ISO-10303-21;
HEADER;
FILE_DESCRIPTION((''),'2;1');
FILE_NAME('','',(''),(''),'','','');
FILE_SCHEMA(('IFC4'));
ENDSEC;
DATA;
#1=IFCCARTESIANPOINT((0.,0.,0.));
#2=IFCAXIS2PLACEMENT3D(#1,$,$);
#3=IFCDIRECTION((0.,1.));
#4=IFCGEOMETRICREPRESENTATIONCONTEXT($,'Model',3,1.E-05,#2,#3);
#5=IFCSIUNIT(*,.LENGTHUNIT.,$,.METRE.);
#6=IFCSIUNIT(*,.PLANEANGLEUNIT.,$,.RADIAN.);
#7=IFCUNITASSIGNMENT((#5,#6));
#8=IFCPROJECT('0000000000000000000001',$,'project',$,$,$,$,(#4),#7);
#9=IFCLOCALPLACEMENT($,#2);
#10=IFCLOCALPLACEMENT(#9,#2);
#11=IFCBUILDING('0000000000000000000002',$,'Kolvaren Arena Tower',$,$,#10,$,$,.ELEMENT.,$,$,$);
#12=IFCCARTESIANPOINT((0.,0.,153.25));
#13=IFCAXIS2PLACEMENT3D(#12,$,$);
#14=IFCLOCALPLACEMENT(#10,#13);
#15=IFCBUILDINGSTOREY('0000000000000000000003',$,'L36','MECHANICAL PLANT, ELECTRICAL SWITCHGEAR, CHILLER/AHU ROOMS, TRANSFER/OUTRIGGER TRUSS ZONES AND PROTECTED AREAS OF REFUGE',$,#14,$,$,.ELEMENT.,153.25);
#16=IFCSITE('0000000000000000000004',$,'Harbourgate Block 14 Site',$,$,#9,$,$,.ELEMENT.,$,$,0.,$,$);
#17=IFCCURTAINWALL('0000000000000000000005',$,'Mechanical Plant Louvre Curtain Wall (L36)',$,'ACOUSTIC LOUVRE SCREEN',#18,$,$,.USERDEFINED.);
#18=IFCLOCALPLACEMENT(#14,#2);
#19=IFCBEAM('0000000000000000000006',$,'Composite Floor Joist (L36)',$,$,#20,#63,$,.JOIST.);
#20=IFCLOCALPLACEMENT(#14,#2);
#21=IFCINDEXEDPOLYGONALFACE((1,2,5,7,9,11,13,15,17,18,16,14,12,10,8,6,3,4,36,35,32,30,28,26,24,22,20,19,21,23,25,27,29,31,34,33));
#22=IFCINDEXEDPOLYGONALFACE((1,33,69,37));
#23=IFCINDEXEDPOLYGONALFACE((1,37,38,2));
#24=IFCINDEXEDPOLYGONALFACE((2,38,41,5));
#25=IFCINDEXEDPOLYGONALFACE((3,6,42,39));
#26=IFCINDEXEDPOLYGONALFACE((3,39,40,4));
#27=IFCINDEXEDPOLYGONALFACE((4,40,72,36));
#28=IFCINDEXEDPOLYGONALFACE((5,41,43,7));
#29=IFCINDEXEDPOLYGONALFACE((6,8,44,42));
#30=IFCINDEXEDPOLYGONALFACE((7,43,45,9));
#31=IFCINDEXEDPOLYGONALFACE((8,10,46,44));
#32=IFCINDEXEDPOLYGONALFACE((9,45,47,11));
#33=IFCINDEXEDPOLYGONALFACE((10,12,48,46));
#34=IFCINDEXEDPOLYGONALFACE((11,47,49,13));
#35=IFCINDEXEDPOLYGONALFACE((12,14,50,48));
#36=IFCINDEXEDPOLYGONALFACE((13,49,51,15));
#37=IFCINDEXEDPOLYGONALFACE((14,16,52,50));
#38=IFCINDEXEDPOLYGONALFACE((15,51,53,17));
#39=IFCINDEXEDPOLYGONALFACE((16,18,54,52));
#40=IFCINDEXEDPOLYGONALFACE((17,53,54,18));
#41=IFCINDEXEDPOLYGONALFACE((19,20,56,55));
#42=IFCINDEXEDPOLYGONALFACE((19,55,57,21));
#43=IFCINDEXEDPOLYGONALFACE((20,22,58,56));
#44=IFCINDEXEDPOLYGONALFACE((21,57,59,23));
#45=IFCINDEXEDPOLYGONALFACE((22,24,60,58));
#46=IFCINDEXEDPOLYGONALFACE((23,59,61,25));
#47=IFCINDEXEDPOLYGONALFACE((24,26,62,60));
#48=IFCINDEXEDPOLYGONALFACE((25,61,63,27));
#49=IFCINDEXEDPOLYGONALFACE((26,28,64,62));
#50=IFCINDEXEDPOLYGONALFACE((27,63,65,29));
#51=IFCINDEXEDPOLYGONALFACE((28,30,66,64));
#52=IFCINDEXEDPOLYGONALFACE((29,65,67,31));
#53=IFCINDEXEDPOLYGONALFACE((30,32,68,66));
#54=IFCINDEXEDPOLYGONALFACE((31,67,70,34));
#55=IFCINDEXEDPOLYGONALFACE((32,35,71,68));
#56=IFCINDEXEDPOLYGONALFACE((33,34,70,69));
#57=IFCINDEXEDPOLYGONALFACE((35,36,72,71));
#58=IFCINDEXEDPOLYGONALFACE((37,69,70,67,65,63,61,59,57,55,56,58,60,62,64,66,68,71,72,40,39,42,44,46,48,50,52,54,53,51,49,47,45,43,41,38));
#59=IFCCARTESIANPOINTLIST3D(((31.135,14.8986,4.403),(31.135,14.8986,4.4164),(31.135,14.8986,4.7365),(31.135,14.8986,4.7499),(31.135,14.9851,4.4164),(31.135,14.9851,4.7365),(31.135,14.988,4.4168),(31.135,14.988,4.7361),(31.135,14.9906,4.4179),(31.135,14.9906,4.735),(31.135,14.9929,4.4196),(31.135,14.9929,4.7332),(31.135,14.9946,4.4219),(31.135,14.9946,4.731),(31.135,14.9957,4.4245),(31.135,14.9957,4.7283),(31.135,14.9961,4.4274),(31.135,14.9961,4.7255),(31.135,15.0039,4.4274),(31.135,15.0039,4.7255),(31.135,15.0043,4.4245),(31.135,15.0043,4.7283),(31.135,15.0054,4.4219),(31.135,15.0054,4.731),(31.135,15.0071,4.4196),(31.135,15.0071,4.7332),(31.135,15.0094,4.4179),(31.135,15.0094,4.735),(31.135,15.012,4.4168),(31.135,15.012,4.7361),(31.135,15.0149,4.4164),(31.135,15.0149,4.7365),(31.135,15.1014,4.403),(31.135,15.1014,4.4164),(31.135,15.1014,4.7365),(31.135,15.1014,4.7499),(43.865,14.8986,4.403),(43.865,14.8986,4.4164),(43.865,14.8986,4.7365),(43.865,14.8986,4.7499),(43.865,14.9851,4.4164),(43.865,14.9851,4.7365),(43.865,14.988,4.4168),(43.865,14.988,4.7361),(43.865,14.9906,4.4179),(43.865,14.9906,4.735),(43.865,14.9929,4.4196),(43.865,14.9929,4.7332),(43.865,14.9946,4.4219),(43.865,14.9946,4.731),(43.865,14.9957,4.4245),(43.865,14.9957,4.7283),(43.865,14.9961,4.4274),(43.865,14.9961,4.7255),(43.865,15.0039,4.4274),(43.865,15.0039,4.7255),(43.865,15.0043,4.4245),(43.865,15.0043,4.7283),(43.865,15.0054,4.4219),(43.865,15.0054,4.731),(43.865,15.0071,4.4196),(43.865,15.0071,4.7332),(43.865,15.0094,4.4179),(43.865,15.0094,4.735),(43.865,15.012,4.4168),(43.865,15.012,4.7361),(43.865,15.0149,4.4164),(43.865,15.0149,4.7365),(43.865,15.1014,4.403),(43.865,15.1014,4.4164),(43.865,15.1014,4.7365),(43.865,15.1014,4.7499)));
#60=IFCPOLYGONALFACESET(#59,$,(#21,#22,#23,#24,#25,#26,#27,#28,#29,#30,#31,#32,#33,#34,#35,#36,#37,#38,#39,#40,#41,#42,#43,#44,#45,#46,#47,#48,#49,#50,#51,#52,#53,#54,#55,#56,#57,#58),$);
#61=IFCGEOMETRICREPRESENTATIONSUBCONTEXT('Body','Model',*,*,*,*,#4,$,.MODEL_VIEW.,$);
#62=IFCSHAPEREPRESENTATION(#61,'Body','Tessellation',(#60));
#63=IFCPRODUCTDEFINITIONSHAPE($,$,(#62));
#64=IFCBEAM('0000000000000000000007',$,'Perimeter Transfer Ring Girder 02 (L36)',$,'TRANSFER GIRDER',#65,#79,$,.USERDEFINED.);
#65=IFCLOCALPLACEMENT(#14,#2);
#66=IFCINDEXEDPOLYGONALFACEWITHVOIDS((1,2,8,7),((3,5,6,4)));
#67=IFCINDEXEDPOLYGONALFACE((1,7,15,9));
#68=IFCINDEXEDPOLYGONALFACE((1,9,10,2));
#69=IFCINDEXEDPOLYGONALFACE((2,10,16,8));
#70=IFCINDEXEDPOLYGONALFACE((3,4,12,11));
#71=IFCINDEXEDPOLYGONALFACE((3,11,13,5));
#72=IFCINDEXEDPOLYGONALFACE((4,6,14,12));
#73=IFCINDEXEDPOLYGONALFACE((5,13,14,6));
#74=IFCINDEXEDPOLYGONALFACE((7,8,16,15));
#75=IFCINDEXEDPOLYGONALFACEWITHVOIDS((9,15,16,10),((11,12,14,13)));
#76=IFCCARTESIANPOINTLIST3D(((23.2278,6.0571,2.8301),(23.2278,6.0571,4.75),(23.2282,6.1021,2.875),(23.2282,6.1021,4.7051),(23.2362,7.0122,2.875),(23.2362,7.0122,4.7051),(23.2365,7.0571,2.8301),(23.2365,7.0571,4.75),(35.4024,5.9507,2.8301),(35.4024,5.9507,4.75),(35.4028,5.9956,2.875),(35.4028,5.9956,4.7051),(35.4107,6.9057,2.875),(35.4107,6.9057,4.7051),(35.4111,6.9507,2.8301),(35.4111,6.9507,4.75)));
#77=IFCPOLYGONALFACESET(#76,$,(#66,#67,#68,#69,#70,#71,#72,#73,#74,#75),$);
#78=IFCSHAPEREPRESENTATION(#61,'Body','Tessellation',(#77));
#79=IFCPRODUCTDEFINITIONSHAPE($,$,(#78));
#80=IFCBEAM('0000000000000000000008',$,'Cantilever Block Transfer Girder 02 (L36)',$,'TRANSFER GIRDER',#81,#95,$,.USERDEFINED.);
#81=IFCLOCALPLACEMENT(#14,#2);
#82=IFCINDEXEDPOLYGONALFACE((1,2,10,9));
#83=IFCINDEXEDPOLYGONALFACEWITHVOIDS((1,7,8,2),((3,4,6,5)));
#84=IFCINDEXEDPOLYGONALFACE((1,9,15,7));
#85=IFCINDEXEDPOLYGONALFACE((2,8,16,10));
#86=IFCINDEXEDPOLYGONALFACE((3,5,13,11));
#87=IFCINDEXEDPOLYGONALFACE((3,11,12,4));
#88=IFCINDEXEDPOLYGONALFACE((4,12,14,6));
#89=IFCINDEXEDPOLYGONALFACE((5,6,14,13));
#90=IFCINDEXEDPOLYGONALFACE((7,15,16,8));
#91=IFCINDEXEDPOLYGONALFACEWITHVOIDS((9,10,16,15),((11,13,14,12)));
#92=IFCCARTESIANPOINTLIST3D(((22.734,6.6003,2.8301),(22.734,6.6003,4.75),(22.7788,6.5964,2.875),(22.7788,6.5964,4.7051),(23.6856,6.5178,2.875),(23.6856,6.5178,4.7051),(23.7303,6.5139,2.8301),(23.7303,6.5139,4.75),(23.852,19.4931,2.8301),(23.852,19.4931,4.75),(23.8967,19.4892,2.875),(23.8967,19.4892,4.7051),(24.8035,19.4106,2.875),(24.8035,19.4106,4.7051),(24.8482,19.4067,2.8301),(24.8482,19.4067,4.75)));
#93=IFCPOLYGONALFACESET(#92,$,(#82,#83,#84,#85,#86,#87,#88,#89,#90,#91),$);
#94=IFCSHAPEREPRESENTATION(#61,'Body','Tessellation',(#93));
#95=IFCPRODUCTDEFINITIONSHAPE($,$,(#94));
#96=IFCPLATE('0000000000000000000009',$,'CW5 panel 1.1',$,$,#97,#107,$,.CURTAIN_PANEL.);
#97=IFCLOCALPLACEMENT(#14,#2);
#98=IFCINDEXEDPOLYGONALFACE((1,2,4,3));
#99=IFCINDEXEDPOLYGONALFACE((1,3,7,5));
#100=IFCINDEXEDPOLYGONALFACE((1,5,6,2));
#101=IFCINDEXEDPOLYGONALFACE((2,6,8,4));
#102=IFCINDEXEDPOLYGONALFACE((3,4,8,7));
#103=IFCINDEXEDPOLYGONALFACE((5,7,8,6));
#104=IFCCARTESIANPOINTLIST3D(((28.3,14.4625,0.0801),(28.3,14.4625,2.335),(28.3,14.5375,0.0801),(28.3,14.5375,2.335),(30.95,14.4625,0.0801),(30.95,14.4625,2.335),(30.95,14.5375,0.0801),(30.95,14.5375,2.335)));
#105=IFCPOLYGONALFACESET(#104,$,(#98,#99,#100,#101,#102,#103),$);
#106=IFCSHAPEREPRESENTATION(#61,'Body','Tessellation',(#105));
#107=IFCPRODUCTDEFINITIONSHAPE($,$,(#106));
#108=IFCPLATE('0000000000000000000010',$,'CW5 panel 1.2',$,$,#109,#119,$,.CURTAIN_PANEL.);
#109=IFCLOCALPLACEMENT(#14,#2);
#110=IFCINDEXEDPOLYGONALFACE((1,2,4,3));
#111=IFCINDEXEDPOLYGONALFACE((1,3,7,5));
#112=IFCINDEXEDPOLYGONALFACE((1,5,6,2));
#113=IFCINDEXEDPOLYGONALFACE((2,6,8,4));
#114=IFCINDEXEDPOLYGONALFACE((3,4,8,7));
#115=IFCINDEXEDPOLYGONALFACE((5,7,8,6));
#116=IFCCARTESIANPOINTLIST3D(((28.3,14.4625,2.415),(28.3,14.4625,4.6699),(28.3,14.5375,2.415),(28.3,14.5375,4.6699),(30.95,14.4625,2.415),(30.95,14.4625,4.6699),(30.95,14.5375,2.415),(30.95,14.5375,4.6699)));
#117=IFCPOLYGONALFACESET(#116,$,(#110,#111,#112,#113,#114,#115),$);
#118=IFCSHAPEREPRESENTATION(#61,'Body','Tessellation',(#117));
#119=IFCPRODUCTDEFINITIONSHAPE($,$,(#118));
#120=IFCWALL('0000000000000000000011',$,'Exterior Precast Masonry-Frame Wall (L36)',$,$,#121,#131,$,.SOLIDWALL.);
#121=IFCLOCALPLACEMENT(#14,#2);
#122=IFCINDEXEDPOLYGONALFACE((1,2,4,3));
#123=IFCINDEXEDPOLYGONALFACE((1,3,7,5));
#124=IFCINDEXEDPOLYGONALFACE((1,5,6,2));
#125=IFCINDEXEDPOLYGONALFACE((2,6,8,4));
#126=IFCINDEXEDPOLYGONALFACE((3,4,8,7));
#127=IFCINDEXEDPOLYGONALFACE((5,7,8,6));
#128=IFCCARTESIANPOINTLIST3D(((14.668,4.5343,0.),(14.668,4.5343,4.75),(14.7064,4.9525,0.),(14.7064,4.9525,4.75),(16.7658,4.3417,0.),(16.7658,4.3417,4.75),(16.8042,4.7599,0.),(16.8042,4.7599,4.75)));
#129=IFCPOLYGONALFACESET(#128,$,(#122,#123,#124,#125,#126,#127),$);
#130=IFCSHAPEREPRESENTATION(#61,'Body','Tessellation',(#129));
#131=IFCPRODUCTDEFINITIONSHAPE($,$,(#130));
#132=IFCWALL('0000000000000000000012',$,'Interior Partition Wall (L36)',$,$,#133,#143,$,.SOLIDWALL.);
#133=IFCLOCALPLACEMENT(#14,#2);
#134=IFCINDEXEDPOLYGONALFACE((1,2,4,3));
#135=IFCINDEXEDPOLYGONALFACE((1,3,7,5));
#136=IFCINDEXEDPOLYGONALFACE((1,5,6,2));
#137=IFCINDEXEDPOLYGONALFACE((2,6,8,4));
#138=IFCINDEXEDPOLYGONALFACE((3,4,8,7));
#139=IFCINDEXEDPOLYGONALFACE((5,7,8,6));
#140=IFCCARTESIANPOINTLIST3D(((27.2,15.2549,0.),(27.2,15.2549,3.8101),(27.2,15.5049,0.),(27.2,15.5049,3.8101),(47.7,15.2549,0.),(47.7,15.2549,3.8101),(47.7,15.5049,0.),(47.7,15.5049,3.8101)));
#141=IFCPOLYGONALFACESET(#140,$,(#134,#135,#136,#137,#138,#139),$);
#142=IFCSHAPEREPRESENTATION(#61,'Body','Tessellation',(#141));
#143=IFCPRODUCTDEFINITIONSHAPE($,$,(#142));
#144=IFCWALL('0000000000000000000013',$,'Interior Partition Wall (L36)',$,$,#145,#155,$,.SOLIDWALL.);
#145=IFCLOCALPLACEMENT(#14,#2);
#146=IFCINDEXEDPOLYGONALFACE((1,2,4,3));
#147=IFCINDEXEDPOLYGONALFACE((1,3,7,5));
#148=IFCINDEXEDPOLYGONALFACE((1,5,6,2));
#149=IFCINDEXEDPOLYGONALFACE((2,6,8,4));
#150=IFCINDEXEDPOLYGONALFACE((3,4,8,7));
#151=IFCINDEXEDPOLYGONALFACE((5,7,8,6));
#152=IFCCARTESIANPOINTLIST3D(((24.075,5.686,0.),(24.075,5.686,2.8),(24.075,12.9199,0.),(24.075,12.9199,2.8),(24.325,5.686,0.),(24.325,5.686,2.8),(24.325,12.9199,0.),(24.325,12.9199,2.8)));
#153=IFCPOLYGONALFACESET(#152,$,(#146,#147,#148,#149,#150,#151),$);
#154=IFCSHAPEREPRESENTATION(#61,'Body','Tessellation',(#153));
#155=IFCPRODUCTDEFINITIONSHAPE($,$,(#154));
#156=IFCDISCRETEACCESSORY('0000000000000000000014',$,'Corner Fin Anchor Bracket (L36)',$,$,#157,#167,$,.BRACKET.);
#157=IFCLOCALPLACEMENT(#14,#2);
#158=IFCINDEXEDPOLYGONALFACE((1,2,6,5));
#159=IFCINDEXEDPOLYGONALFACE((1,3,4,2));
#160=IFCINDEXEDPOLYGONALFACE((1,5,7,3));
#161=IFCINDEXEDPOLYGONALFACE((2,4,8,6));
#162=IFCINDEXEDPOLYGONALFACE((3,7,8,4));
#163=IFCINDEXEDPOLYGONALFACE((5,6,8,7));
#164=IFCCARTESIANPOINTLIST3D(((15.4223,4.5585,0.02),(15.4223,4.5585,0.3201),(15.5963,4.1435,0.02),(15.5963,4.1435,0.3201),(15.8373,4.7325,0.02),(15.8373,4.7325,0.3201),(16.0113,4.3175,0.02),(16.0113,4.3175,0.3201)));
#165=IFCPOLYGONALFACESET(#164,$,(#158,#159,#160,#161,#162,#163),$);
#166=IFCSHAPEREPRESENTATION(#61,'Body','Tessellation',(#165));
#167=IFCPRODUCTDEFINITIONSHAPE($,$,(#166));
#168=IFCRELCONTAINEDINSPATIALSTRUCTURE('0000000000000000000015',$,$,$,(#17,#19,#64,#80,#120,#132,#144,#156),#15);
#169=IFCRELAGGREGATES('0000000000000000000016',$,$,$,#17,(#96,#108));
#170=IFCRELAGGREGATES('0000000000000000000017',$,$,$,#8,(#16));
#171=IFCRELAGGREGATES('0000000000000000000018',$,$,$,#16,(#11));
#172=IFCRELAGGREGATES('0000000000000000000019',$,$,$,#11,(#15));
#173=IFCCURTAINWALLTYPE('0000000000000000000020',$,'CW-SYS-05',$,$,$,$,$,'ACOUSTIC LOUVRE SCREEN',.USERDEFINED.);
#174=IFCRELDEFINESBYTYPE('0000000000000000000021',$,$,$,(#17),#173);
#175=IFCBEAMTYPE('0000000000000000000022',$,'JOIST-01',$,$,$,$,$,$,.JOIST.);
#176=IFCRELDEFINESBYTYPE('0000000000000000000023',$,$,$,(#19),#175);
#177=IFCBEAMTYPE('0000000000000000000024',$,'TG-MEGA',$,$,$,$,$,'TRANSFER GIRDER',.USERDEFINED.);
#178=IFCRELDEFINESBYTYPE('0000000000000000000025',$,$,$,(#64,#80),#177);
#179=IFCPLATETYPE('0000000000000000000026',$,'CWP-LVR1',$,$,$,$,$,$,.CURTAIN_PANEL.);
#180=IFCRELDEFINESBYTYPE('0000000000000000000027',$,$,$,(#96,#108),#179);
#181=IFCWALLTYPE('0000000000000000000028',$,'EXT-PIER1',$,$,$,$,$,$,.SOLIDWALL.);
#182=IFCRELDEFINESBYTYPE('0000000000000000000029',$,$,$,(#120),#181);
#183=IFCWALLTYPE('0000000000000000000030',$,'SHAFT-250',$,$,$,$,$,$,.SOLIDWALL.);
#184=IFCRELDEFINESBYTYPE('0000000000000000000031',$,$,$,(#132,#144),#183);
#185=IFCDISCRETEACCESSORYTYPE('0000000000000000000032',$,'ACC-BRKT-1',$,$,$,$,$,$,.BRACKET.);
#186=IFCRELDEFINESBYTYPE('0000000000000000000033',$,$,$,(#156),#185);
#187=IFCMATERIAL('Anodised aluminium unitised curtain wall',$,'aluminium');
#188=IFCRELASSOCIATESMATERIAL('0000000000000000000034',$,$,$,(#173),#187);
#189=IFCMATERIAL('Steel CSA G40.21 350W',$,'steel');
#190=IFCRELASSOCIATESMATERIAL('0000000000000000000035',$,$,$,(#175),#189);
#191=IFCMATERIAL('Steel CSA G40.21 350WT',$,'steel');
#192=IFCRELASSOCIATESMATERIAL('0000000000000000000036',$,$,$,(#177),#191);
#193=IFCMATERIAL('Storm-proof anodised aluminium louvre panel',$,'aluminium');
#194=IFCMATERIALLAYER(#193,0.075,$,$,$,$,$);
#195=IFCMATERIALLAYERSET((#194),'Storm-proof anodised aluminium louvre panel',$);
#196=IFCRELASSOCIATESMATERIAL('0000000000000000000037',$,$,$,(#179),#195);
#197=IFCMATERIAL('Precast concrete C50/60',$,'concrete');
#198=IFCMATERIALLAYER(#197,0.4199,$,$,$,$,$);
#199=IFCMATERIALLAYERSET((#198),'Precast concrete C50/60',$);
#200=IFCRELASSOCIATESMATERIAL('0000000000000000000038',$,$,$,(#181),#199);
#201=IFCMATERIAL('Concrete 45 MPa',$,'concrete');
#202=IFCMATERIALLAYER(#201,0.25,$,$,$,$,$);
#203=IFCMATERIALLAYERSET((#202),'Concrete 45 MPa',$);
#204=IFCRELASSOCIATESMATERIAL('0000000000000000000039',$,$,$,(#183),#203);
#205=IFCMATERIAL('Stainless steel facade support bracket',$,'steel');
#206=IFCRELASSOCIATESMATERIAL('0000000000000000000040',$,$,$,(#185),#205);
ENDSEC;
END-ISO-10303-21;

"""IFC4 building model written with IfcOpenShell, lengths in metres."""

from ifc_helpers import new_model, si_unit, direction, frame, frame_2d, origin, origin_2d, place, context, subcontext, project, spatial, rectangle, hollow_rectangle, i_section, extrude, material, layer, layer_set, material_profile, profile_set, type_object, element, aggregate, save


model = new_model("IFC4")

# Units and contexts
model_context = context("Model", 3, precision=1e-05, world=origin(), true_north=direction((0.0, 1.0)))
body_context = subcontext(model_context, "Body", "Model", "MODEL_VIEW")
ifc_project = project(units=[si_unit("LENGTHUNIT", "METRE"), si_unit("PLANEANGLEUNIT", "RADIAN")], contexts=[model_context])

# Site, building, storey
site_placement = place(None, origin())
site = spatial("IfcSite", under=ifc_project, at=site_placement, Name="Harbourgate Block 14 Site", CompositionType="ELEMENT", RefElevation=0.0)
building_placement = place(site_placement, origin())
building = spatial("IfcBuilding", under=site, at=building_placement, Name="Kolvaren Arena Tower", CompositionType="ELEMENT")
storey_placement = place(building_placement, frame((0.0, 0.0, 153.25)))
storey = spatial("IfcBuildingStorey", under=building, at=storey_placement, Name="L36", Description="MECHANICAL PLANT, ELECTRICAL SWITCHGEAR, CHILLER/AHU ROOMS, TRANSFER/OUTRIGGER TRUSS ZONES AND PROTECTED AREAS OF REFUGE", CompositionType="ELEMENT", Elevation=153.25)

# Shared definitions
ifc_material_1 = material(Name="Steel CSA G40.21 350W", Category="steel")

# Curtain wall
ifc_material_2 = material(Name="Anodised aluminium unitised curtain wall", Category="aluminium")
curtain_wall_type = type_object("IfcCurtainWallType", Name="CW-SYS-05", ElementType="ACOUSTIC LOUVRE SCREEN", PredefinedType="USERDEFINED", material=ifc_material_2)
curtain_wall_placement = place(storey_placement, origin())
curtain_wall = element("IfcCurtainWall", 1, at=curtain_wall_placement, inside=storey, type_object=curtain_wall_type, Name="Mechanical Plant Louvre Curtain Wall (L36)", ObjectType="ACOUSTIC LOUVRE SCREEN", PredefinedType="USERDEFINED")

# Beams
ifc_material_profile_1 = material_profile(ifc_material_1, i_section(OverallWidth=0.2029, OverallDepth=0.3469, WebThickness=0.0078, FlangeThickness=0.0134, FilletRadius=0.011, at=origin_2d()), Name="W360x64")
ifc_profile_set_1 = profile_set([ifc_material_profile_1], Name="Steel CSA G40.21 350W")
beam_type_1 = type_object("IfcBeamType", Name="JOIST-01", PredefinedType="JOIST", material=ifc_profile_set_1)
for number, where, z_axis, x_axis, name in (
    (2, (31.135, 15.0, 4.5764), (1.0, 0.0, 0.0), (0.0, 1.0, 0.0), "Composite Floor Joist (L36)"),
):
    element("IfcBeam", number, at=place(storey_placement, frame(where, z_axis=z_axis, x_axis=x_axis)), inside=storey, type_object=beam_type_1, Name=name, PredefinedType="JOIST", context=body_context, shape_type="SweptSolid", body=[
        extrude(i_section(OverallWidth=0.2029, OverallDepth=0.3469, WebThickness=0.0078, FlangeThickness=0.0134, FilletRadius=0.011, at=origin_2d()), origin(), (0.0, 0.0, 1.0), 12.73),
    ])
ifc_material_3 = material(Name="Steel CSA G40.21 350WT", Category="steel")
ifc_material_profile_2 = material_profile(ifc_material_3, hollow_rectangle(XDim=1.0, YDim=1.9199, WallThickness=0.0449, at=origin_2d()), Name="BOX 1000x1920x45")
ifc_profile_set_2 = profile_set([ifc_material_profile_2], Name="Steel CSA G40.21 350WT")
beam_type_2 = type_object("IfcBeamType", Name="TG-MEGA", ElementType="TRANSFER GIRDER", PredefinedType="USERDEFINED", material=ifc_profile_set_2)
beam_1_placement = place(storey_placement, frame((23.2322, 6.5571, 3.79), z_axis=(0.999962, -0.008743, 0.0), x_axis=(0.008743, 0.999962, 0.0)))
element("IfcBeam", 3, at=beam_1_placement, inside=storey, type_object=beam_type_2, Name="Perimeter Transfer Ring Girder 02 (L36)", ObjectType="TRANSFER GIRDER", PredefinedType="USERDEFINED", context=body_context, shape_type="SweptSolid", body=[
    extrude(hollow_rectangle(XDim=1.0, YDim=1.9199, WallThickness=0.0449, at=origin_2d()), origin(), (0.0, 0.0, 1.0), 12.175),
])
beam_2_placement = place(storey_placement, frame((23.2322, 6.5571, 3.79), z_axis=(0.086385, 0.996262, 0.0), x_axis=(-0.996262, 0.086385, 0.0)))
element("IfcBeam", 4, at=beam_2_placement, inside=storey, type_object=beam_type_2, Name="Cantilever Block Transfer Girder 02 (L36)", ObjectType="TRANSFER GIRDER", PredefinedType="USERDEFINED", context=body_context, shape_type="SweptSolid", body=[
    extrude(hollow_rectangle(XDim=1.0, YDim=1.9199, WallThickness=0.0449, at=origin_2d()), origin(), (0.0, 0.0, 1.0), 12.9412),
])

# Plates
ifc_material_4 = material(Name="Storm-proof anodised aluminium louvre panel", Category="aluminium")
ifc_layer_1 = layer(ifc_material_4, 0.075)
ifc_layer_set_1 = layer_set([ifc_layer_1], Name="Storm-proof anodised aluminium louvre panel")
plate_type = type_object("IfcPlateType", Name="CWP-LVR1", PredefinedType="CURTAIN_PANEL", material=ifc_layer_set_1)
plate_1_placement = place(storey_placement, frame((29.625, 14.5, 0.0801), z_axis=(0.0, 0.0, 1.0), x_axis=(1.0, 0.0, 0.0)))
plate_1 = element("IfcPlate", 5, at=plate_1_placement, type_object=plate_type, Name="CW5 panel 1.1", PredefinedType="CURTAIN_PANEL", context=body_context, shape_type="SweptSolid", body=[
    extrude(rectangle(XDim=2.6499, YDim=0.075, at=origin_2d()), origin(), (0.0, 0.0, 1.0), 2.2549),
])
plate_2_placement = place(storey_placement, frame((29.625, 14.5, 2.415), z_axis=(0.0, 0.0, 1.0), x_axis=(1.0, 0.0, 0.0)))
plate_2 = element("IfcPlate", 6, at=plate_2_placement, type_object=plate_type, Name="CW5 panel 1.2", PredefinedType="CURTAIN_PANEL", context=body_context, shape_type="SweptSolid", body=[
    extrude(rectangle(XDim=2.6499, YDim=0.075, at=origin_2d()), origin(), (0.0, 0.0, 1.0), 2.2549),
])
aggregate(curtain_wall, [plate_1, plate_2])

# Walls
ifc_material_5 = material(Name="Precast concrete C50/60", Category="concrete")
ifc_layer_2 = layer(ifc_material_5, 0.4199)
ifc_layer_set_2 = layer_set([ifc_layer_2], Name="Precast concrete C50/60")
wall_type_1 = type_object("IfcWallType", Name="EXT-PIER1", PredefinedType="SOLIDWALL", material=ifc_layer_set_2)
wall_1_placement = place(storey_placement, frame((16.7849, 4.5508, 0.0), z_axis=(0.0, 0.0, 1.0), x_axis=(-0.995811, 0.091434, 0.0)))
element("IfcWall", 7, at=wall_1_placement, inside=storey, type_object=wall_type_1, Name="Exterior Precast Masonry-Frame Wall (L36)", PredefinedType="SOLIDWALL", context=body_context, shape_type="SweptSolid", body=[
    extrude(rectangle(XDim=2.1067, YDim=0.4199, at=frame_2d((1.0532, 0.0))), origin(), (0.0, 0.0, 1.0), 4.75),
])
ifc_material_6 = material(Name="Concrete 45 MPa", Category="concrete")
ifc_layer_3 = layer(ifc_material_6, 0.25)
ifc_layer_set_3 = layer_set([ifc_layer_3], Name="Concrete 45 MPa")
wall_type_2 = type_object("IfcWallType", Name="SHAFT-250", PredefinedType="SOLIDWALL", material=ifc_layer_set_3)
wall_2_placement = place(storey_placement, frame((27.2, 15.3799, 0.0), z_axis=(0.0, 0.0, 1.0), x_axis=(1.0, 0.0, 0.0)))
element("IfcWall", 8, at=wall_2_placement, inside=storey, type_object=wall_type_2, Name="Interior Partition Wall (L36)", PredefinedType="SOLIDWALL", context=body_context, shape_type="SweptSolid", body=[
    extrude(rectangle(XDim=20.5, YDim=0.25, at=frame_2d((10.25, 0.0))), origin(), (0.0, 0.0, 1.0), 3.8101),
])
wall_3_placement = place(storey_placement, frame((24.2, 5.686, 0.0), z_axis=(0.0, 0.0, 1.0), x_axis=(0.0, 1.0, 0.0)))
element("IfcWall", 9, at=wall_3_placement, inside=storey, type_object=wall_type_2, Name="Interior Partition Wall (L36)", PredefinedType="SOLIDWALL", context=body_context, shape_type="SweptSolid", body=[
    extrude(rectangle(XDim=7.2339, YDim=0.25, at=frame_2d((3.6169, 0.0))), origin(), (0.0, 0.0, 1.0), 2.8),
])

# Discrete accessory
ifc_material_7 = material(Name="Stainless steel facade support bracket", Category="steel")
discrete_accessory_type = type_object("IfcDiscreteAccessoryType", Name="ACC-BRKT-1", PredefinedType="BRACKET", material=ifc_material_7)
discrete_accessory_placement = place(storey_placement, frame((15.7168, 4.438, 0.02), z_axis=(0.0, 0.0, 1.0), x_axis=(0.386706, -0.922203, 0.0)))
element("IfcDiscreteAccessory", 10, at=discrete_accessory_placement, inside=storey, type_object=discrete_accessory_type, Name="Corner Fin Anchor Bracket (L36)", PredefinedType="BRACKET", context=body_context, shape_type="SweptSolid", body=[
    extrude(rectangle(XDim=0.45, YDim=0.45, at=origin_2d()), origin(), (0.0, 0.0, 1.0), 0.3),
])

save(model, "model.ifc")
